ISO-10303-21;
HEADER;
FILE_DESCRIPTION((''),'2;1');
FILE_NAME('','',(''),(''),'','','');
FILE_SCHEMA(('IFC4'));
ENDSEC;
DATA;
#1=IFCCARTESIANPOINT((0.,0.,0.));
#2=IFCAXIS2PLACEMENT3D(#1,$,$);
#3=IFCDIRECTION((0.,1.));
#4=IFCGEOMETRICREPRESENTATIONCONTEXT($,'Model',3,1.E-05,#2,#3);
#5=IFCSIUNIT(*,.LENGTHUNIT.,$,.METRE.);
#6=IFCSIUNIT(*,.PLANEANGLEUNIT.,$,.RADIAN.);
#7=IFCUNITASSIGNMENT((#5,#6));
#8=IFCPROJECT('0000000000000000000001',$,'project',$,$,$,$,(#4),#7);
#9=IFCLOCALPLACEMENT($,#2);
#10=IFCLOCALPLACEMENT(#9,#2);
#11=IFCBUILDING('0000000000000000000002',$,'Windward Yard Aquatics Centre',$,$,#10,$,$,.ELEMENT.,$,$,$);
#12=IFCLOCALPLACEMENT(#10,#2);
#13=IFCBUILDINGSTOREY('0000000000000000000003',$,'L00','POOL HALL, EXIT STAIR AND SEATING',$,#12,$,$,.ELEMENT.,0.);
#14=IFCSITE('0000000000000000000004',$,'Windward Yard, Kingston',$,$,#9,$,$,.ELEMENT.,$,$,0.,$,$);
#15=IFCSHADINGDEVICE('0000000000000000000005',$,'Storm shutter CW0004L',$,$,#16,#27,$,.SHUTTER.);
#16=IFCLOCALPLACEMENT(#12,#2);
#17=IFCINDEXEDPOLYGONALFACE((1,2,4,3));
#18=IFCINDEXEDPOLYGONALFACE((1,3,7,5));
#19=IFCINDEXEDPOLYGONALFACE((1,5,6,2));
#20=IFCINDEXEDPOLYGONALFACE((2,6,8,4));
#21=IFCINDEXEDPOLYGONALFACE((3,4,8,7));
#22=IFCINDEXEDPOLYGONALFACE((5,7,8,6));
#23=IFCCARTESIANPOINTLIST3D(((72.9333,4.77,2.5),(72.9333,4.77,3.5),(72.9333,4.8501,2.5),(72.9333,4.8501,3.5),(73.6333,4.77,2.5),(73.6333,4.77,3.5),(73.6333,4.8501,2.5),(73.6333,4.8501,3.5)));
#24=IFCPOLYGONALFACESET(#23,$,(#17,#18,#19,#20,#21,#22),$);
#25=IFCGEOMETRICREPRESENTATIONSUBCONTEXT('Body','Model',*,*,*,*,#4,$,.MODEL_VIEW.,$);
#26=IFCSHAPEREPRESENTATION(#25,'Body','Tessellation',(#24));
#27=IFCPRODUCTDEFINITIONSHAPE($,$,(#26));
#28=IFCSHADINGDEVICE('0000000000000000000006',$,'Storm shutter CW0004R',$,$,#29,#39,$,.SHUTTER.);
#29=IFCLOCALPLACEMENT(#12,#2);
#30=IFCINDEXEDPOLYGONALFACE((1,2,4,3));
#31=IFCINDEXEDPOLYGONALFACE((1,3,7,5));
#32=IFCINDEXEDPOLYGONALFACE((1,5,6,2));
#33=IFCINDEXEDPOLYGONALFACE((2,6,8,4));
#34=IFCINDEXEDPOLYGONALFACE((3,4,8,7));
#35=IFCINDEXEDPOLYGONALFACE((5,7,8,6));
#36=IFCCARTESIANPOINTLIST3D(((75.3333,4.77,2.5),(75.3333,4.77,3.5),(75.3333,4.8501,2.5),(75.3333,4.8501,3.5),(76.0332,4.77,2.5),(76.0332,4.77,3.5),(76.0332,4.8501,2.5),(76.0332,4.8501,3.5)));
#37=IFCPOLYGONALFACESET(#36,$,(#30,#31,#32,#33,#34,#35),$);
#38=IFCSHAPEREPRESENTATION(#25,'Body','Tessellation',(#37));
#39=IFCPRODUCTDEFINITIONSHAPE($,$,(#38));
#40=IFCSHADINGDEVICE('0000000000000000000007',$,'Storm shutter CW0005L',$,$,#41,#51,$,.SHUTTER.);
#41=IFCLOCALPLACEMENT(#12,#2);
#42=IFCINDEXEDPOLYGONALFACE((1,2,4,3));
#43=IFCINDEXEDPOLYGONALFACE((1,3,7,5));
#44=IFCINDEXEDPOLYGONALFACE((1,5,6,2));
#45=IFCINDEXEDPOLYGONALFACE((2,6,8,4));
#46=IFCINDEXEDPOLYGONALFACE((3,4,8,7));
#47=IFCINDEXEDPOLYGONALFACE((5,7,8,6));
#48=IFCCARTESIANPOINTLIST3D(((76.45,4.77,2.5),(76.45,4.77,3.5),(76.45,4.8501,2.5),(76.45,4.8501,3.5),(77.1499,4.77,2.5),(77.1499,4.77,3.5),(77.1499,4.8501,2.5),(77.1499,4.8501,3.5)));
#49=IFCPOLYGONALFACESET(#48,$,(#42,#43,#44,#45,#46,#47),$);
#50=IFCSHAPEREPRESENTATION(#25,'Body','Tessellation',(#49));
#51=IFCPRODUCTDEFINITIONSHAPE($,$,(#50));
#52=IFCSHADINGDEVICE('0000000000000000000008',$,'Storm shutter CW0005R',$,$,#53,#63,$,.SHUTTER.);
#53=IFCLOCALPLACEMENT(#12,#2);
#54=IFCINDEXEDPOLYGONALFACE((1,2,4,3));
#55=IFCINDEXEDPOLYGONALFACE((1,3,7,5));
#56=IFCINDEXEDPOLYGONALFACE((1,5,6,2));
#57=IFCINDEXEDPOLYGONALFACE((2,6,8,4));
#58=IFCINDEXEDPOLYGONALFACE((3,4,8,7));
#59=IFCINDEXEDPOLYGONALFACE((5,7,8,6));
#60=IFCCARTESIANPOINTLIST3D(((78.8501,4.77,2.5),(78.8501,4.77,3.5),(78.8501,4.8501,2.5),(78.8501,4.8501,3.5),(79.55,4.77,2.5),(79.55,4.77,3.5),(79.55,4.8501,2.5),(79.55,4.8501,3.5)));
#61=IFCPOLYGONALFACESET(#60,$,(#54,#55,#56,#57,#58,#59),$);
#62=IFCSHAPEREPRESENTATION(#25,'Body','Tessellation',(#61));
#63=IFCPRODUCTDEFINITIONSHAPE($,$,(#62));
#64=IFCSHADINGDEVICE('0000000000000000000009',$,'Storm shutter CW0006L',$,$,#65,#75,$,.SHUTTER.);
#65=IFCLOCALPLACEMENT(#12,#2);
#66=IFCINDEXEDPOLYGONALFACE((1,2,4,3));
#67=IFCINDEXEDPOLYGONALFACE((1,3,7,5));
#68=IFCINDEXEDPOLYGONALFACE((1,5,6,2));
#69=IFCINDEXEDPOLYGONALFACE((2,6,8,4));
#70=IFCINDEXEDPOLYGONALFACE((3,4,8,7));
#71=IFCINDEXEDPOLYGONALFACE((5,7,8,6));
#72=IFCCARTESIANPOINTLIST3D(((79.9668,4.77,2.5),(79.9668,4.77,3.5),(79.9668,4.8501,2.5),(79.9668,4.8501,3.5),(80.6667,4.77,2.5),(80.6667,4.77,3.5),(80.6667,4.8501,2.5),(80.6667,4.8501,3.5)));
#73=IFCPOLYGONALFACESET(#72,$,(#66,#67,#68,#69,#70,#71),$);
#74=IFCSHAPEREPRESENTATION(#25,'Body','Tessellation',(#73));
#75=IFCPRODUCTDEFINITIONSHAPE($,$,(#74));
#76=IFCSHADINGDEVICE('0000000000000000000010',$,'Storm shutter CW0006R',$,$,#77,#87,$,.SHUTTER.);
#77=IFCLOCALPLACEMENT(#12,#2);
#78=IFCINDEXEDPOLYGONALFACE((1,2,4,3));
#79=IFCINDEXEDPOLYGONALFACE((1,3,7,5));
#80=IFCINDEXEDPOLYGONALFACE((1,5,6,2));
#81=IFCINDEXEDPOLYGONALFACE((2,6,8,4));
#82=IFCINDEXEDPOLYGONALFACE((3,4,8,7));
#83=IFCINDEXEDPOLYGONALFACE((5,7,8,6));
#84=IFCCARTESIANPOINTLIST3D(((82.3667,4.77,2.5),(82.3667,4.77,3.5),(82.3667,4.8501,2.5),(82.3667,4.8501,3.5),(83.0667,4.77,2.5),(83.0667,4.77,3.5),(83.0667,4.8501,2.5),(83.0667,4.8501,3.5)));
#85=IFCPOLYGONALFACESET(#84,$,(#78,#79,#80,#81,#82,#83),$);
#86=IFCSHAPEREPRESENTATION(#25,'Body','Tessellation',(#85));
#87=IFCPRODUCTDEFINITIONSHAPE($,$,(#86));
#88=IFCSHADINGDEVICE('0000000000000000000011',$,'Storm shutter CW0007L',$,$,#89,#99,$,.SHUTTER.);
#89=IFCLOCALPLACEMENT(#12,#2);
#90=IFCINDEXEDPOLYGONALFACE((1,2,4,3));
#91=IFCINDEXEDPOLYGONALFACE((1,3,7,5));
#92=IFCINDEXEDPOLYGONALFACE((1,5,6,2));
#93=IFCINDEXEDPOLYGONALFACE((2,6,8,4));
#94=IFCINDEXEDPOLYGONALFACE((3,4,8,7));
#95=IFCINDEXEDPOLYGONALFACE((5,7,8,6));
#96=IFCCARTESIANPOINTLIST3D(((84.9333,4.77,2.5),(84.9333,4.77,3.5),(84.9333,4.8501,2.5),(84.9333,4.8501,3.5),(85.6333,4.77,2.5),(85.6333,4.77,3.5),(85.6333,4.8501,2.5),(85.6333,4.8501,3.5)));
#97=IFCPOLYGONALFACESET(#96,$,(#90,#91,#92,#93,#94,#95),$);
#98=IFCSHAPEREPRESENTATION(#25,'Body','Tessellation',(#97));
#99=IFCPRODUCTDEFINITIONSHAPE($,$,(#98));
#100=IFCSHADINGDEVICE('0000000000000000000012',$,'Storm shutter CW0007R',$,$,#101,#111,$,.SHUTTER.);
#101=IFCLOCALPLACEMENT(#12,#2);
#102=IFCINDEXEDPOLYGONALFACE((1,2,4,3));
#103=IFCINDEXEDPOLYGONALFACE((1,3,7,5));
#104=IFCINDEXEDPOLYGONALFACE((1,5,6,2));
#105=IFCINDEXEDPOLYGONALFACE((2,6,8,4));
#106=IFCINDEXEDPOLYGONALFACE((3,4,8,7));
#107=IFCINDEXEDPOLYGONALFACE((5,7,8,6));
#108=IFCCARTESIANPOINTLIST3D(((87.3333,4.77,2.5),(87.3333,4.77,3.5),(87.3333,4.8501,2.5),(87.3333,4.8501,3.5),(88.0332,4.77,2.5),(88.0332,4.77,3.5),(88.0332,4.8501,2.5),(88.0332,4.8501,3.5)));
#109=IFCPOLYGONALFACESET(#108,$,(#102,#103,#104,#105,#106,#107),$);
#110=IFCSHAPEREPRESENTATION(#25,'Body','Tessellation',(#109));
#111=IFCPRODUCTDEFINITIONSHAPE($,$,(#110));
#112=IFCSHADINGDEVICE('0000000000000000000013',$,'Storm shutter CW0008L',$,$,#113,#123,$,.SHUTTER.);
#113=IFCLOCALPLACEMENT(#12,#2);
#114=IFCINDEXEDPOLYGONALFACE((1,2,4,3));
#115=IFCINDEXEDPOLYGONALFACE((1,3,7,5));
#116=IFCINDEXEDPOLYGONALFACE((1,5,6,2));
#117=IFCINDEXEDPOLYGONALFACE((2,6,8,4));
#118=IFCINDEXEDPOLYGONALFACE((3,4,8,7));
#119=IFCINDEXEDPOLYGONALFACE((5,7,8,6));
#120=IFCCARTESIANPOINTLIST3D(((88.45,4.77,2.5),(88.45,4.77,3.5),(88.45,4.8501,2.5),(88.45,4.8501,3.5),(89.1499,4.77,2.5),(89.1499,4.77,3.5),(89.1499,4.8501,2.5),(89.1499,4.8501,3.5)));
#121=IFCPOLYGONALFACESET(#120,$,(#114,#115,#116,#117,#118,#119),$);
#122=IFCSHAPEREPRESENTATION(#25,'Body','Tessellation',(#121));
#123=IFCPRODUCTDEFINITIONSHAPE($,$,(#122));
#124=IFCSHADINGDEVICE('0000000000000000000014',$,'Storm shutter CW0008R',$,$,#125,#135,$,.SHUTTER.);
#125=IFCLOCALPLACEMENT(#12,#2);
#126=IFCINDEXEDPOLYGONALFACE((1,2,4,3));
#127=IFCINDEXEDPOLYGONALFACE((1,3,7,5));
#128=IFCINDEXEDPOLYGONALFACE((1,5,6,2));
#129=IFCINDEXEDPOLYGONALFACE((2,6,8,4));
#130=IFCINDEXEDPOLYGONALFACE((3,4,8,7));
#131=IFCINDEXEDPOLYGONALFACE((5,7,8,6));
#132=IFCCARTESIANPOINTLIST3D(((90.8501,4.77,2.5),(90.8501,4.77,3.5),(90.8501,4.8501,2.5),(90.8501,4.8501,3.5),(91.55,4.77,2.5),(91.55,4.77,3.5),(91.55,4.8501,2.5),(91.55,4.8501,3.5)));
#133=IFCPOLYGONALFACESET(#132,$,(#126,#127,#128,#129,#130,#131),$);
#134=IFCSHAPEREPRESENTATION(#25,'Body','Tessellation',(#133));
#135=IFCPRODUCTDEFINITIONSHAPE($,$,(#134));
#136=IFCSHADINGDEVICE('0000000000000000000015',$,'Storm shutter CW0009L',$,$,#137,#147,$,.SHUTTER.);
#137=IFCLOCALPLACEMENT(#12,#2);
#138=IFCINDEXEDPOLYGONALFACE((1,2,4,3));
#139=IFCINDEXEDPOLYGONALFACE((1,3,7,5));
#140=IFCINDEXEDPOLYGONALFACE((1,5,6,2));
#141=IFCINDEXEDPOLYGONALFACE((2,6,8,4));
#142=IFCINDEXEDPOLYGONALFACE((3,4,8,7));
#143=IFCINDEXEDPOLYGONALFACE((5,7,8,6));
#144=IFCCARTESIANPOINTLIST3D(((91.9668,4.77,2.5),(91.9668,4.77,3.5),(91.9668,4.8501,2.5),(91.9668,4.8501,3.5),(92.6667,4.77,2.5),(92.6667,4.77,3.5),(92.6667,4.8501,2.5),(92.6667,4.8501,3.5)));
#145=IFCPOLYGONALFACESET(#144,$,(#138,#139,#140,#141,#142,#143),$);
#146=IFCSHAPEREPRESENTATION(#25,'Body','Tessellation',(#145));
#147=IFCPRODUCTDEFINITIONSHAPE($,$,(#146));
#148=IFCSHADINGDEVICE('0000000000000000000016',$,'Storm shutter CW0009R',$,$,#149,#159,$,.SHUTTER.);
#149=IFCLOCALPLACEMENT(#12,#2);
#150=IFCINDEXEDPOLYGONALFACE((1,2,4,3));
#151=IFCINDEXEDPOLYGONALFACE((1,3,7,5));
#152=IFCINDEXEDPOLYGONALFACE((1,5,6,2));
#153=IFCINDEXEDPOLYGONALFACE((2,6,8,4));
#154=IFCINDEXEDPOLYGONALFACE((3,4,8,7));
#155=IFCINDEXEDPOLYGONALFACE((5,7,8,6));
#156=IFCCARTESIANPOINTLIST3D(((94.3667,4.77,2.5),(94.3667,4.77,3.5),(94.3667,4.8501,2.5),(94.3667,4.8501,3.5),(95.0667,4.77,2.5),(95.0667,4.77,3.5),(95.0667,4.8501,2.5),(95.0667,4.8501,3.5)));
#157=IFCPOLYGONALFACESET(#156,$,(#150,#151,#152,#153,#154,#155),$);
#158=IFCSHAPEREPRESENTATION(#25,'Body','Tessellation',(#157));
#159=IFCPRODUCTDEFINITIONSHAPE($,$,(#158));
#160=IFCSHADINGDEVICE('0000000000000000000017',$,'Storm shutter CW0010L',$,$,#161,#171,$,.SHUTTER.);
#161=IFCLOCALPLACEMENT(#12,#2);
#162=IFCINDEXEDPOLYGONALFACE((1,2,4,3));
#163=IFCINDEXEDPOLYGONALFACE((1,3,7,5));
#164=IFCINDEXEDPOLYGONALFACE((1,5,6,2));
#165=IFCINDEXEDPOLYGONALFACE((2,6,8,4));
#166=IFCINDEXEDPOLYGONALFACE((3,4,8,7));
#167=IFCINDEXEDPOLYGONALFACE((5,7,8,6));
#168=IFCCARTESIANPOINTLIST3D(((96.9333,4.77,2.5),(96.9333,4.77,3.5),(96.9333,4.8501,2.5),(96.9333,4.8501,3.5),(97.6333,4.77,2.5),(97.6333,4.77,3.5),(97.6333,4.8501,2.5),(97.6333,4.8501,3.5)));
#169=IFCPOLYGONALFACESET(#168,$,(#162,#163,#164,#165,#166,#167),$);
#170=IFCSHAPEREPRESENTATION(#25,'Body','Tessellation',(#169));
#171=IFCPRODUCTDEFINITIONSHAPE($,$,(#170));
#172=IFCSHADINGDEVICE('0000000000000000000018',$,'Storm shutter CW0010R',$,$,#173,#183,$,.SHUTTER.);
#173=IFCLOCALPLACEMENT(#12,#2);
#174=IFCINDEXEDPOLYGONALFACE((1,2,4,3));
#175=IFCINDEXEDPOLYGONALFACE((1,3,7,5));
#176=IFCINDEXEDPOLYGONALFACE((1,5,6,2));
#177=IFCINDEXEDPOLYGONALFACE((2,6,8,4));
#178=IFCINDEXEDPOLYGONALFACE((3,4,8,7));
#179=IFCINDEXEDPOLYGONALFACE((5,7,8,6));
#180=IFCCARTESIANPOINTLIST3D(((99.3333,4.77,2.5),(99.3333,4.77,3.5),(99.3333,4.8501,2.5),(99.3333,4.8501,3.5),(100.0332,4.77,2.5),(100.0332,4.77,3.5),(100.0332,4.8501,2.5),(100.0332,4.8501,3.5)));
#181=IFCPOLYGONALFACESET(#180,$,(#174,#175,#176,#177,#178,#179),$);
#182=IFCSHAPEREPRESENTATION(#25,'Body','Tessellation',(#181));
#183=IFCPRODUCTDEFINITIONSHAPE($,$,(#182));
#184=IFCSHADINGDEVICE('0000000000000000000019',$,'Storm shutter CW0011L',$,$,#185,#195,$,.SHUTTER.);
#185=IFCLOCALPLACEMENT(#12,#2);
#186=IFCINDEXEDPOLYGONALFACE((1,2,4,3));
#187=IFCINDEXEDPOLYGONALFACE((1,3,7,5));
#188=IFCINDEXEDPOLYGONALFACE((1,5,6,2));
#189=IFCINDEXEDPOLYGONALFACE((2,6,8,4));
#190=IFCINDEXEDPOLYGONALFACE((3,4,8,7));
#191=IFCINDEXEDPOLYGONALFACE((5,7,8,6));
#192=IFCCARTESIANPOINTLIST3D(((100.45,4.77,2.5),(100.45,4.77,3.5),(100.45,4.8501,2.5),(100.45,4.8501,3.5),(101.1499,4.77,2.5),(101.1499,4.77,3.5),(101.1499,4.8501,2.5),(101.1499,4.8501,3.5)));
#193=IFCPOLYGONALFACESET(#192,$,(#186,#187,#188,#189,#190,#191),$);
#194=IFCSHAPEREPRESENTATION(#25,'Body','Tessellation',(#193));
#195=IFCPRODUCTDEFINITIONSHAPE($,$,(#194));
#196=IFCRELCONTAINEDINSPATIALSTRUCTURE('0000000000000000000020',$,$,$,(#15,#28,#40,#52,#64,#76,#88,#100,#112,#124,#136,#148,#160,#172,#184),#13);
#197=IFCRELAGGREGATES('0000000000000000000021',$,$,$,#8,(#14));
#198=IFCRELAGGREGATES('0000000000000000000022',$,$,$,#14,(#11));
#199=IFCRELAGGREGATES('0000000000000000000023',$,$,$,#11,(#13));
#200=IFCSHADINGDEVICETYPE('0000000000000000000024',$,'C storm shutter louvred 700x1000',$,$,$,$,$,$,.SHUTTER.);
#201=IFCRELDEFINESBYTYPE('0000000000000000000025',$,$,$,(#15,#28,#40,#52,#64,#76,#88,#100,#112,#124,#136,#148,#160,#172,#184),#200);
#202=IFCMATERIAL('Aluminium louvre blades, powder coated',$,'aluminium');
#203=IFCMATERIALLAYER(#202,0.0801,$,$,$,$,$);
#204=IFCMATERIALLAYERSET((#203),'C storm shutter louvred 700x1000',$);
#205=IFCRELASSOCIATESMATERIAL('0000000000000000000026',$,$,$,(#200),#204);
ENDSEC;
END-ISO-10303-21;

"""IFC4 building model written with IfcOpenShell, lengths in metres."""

from ifc_helpers import new_model, si_unit, direction, frame, origin, place, context, subcontext, project, spatial, polyline, outline, extrude, material, layer, layer_set, type_object, element, save


model = new_model("IFC4")

# Units and contexts
model_context = context("Model", 3, precision=1e-05, world=origin(), true_north=direction((0.0, 1.0)))
body_context = subcontext(model_context, "Body", "Model", "MODEL_VIEW")
ifc_project = project(units=[si_unit("LENGTHUNIT", "METRE"), si_unit("PLANEANGLEUNIT", "RADIAN")], contexts=[model_context])

# Site, building, storey
site_placement = place(None, origin())
site = spatial("IfcSite", under=ifc_project, at=site_placement, Name="Windward Yard, Kingston", CompositionType="ELEMENT", RefElevation=0.0)
building_placement = place(site_placement, origin())
building = spatial("IfcBuilding", under=site, at=building_placement, Name="Windward Yard Aquatics Centre", CompositionType="ELEMENT")
storey_placement = place(building_placement, origin())
storey = spatial("IfcBuildingStorey", under=building, at=storey_placement, Name="L00", Description="POOL HALL, EXIT STAIR AND SEATING", CompositionType="ELEMENT", Elevation=0.0)

# Shading devices
ifc_material = material(Name="Aluminium louvre blades, powder coated", Category="aluminium")
ifc_layer = layer(ifc_material, 0.0801)
ifc_layer_set = layer_set([ifc_layer], Name="C storm shutter louvred 700x1000")
shading_device_type = type_object("IfcShadingDeviceType", Name="C storm shutter louvred 700x1000", PredefinedType="SHUTTER", material=ifc_layer_set)
shading_device_1_placement = place(storey_placement, frame((0.0, 0.0, 2.5)))
element("IfcShadingDevice", 1, at=shading_device_1_placement, inside=storey, type_object=shading_device_type, Name="Storm shutter CW0004L", PredefinedType="SHUTTER", context=body_context, shape_type="SweptSolid", body=[
    extrude(outline(polyline([(72.9333, 4.77), (72.9333, 4.8501), (73.6333, 4.8501), (73.6333, 4.77), (72.9333, 4.77)])), origin(), (0.0, 0.0, 1.0), 1.0),
])
shading_device_2_placement = place(storey_placement, frame((0.0, 0.0, 2.5)))
element("IfcShadingDevice", 2, at=shading_device_2_placement, inside=storey, type_object=shading_device_type, Name="Storm shutter CW0004R", PredefinedType="SHUTTER", context=body_context, shape_type="SweptSolid", body=[
    extrude(outline(polyline([(75.3333, 4.77), (75.3333, 4.8501), (76.0332, 4.8501), (76.0332, 4.77), (75.3333, 4.77)])), origin(), (0.0, 0.0, 1.0), 1.0),
])
shading_device_3_placement = place(storey_placement, frame((0.0, 0.0, 2.5)))
element("IfcShadingDevice", 3, at=shading_device_3_placement, inside=storey, type_object=shading_device_type, Name="Storm shutter CW0005L", PredefinedType="SHUTTER", context=body_context, shape_type="SweptSolid", body=[
    extrude(outline(polyline([(76.45, 4.77), (76.45, 4.8501), (77.1499, 4.8501), (77.1499, 4.77), (76.45, 4.77)])), origin(), (0.0, 0.0, 1.0), 1.0),
])
shading_device_4_placement = place(storey_placement, frame((0.0, 0.0, 2.5)))
element("IfcShadingDevice", 4, at=shading_device_4_placement, inside=storey, type_object=shading_device_type, Name="Storm shutter CW0005R", PredefinedType="SHUTTER", context=body_context, shape_type="SweptSolid", body=[
    extrude(outline(polyline([(78.8501, 4.77), (78.8501, 4.8501), (79.55, 4.8501), (79.55, 4.77), (78.8501, 4.77)])), origin(), (0.0, 0.0, 1.0), 1.0),
])
shading_device_5_placement = place(storey_placement, frame((0.0, 0.0, 2.5)))
element("IfcShadingDevice", 5, at=shading_device_5_placement, inside=storey, type_object=shading_device_type, Name="Storm shutter CW0006L", PredefinedType="SHUTTER", context=body_context, shape_type="SweptSolid", body=[
    extrude(outline(polyline([(79.9668, 4.77), (79.9668, 4.8501), (80.6667, 4.8501), (80.6667, 4.77), (79.9668, 4.77)])), origin(), (0.0, 0.0, 1.0), 1.0),
])
shading_device_6_placement = place(storey_placement, frame((0.0, 0.0, 2.5)))
element("IfcShadingDevice", 6, at=shading_device_6_placement, inside=storey, type_object=shading_device_type, Name="Storm shutter CW0006R", PredefinedType="SHUTTER", context=body_context, shape_type="SweptSolid", body=[
    extrude(outline(polyline([(82.3667, 4.77), (82.3667, 4.8501), (83.0667, 4.8501), (83.0667, 4.77), (82.3667, 4.77)])), origin(), (0.0, 0.0, 1.0), 1.0),
])
shading_device_7_placement = place(storey_placement, frame((0.0, 0.0, 2.5)))
element("IfcShadingDevice", 7, at=shading_device_7_placement, inside=storey, type_object=shading_device_type, Name="Storm shutter CW0007L", PredefinedType="SHUTTER", context=body_context, shape_type="SweptSolid", body=[
    extrude(outline(polyline([(84.9333, 4.77), (84.9333, 4.8501), (85.6333, 4.8501), (85.6333, 4.77), (84.9333, 4.77)])), origin(), (0.0, 0.0, 1.0), 1.0),
])
shading_device_8_placement = place(storey_placement, frame((0.0, 0.0, 2.5)))
element("IfcShadingDevice", 8, at=shading_device_8_placement, inside=storey, type_object=shading_device_type, Name="Storm shutter CW0007R", PredefinedType="SHUTTER", context=body_context, shape_type="SweptSolid", body=[
    extrude(outline(polyline([(87.3333, 4.77), (87.3333, 4.8501), (88.0332, 4.8501), (88.0332, 4.77), (87.3333, 4.77)])), origin(), (0.0, 0.0, 1.0), 1.0),
])
shading_device_9_placement = place(storey_placement, frame((0.0, 0.0, 2.5)))
element("IfcShadingDevice", 9, at=shading_device_9_placement, inside=storey, type_object=shading_device_type, Name="Storm shutter CW0008L", PredefinedType="SHUTTER", context=body_context, shape_type="SweptSolid", body=[
    extrude(outline(polyline([(88.45, 4.77), (88.45, 4.8501), (89.1499, 4.8501), (89.1499, 4.77), (88.45, 4.77)])), origin(), (0.0, 0.0, 1.0), 1.0),
])
shading_device_10_placement = place(storey_placement, frame((0.0, 0.0, 2.5)))
element("IfcShadingDevice", 10, at=shading_device_10_placement, inside=storey, type_object=shading_device_type, Name="Storm shutter CW0008R", PredefinedType="SHUTTER", context=body_context, shape_type="SweptSolid", body=[
    extrude(outline(polyline([(90.8501, 4.77), (90.8501, 4.8501), (91.55, 4.8501), (91.55, 4.77), (90.8501, 4.77)])), origin(), (0.0, 0.0, 1.0), 1.0),
])
shading_device_11_placement = place(storey_placement, frame((0.0, 0.0, 2.5)))
element("IfcShadingDevice", 11, at=shading_device_11_placement, inside=storey, type_object=shading_device_type, Name="Storm shutter CW0009L", PredefinedType="SHUTTER", context=body_context, shape_type="SweptSolid", body=[
    extrude(outline(polyline([(91.9668, 4.77), (91.9668, 4.8501), (92.6667, 4.8501), (92.6667, 4.77), (91.9668, 4.77)])), origin(), (0.0, 0.0, 1.0), 1.0),
])
shading_device_12_placement = place(storey_placement, frame((0.0, 0.0, 2.5)))
element("IfcShadingDevice", 12, at=shading_device_12_placement, inside=storey, type_object=shading_device_type, Name="Storm shutter CW0009R", PredefinedType="SHUTTER", context=body_context, shape_type="SweptSolid", body=[
    extrude(outline(polyline([(94.3667, 4.77), (94.3667, 4.8501), (95.0667, 4.8501), (95.0667, 4.77), (94.3667, 4.77)])), origin(), (0.0, 0.0, 1.0), 1.0),
])
shading_device_13_placement = place(storey_placement, frame((0.0, 0.0, 2.5)))
element("IfcShadingDevice", 13, at=shading_device_13_placement, inside=storey, type_object=shading_device_type, Name="Storm shutter CW0010L", PredefinedType="SHUTTER", context=body_context, shape_type="SweptSolid", body=[
    extrude(outline(polyline([(96.9333, 4.77), (96.9333, 4.8501), (97.6333, 4.8501), (97.6333, 4.77), (96.9333, 4.77)])), origin(), (0.0, 0.0, 1.0), 1.0),
])
shading_device_14_placement = place(storey_placement, frame((0.0, 0.0, 2.5)))
element("IfcShadingDevice", 14, at=shading_device_14_placement, inside=storey, type_object=shading_device_type, Name="Storm shutter CW0010R", PredefinedType="SHUTTER", context=body_context, shape_type="SweptSolid", body=[
    extrude(outline(polyline([(99.3333, 4.77), (99.3333, 4.8501), (100.0332, 4.8501), (100.0332, 4.77), (99.3333, 4.77)])), origin(), (0.0, 0.0, 1.0), 1.0),
])
shading_device_15_placement = place(storey_placement, frame((0.0, 0.0, 2.5)))
element("IfcShadingDevice", 15, at=shading_device_15_placement, inside=storey, type_object=shading_device_type, Name="Storm shutter CW0011L", PredefinedType="SHUTTER", context=body_context, shape_type="SweptSolid", body=[
    extrude(outline(polyline([(100.45, 4.77), (100.45, 4.8501), (101.1499, 4.8501), (101.1499, 4.77), (100.45, 4.77)])), origin(), (0.0, 0.0, 1.0), 1.0),
])

save(model, "model.ifc")
